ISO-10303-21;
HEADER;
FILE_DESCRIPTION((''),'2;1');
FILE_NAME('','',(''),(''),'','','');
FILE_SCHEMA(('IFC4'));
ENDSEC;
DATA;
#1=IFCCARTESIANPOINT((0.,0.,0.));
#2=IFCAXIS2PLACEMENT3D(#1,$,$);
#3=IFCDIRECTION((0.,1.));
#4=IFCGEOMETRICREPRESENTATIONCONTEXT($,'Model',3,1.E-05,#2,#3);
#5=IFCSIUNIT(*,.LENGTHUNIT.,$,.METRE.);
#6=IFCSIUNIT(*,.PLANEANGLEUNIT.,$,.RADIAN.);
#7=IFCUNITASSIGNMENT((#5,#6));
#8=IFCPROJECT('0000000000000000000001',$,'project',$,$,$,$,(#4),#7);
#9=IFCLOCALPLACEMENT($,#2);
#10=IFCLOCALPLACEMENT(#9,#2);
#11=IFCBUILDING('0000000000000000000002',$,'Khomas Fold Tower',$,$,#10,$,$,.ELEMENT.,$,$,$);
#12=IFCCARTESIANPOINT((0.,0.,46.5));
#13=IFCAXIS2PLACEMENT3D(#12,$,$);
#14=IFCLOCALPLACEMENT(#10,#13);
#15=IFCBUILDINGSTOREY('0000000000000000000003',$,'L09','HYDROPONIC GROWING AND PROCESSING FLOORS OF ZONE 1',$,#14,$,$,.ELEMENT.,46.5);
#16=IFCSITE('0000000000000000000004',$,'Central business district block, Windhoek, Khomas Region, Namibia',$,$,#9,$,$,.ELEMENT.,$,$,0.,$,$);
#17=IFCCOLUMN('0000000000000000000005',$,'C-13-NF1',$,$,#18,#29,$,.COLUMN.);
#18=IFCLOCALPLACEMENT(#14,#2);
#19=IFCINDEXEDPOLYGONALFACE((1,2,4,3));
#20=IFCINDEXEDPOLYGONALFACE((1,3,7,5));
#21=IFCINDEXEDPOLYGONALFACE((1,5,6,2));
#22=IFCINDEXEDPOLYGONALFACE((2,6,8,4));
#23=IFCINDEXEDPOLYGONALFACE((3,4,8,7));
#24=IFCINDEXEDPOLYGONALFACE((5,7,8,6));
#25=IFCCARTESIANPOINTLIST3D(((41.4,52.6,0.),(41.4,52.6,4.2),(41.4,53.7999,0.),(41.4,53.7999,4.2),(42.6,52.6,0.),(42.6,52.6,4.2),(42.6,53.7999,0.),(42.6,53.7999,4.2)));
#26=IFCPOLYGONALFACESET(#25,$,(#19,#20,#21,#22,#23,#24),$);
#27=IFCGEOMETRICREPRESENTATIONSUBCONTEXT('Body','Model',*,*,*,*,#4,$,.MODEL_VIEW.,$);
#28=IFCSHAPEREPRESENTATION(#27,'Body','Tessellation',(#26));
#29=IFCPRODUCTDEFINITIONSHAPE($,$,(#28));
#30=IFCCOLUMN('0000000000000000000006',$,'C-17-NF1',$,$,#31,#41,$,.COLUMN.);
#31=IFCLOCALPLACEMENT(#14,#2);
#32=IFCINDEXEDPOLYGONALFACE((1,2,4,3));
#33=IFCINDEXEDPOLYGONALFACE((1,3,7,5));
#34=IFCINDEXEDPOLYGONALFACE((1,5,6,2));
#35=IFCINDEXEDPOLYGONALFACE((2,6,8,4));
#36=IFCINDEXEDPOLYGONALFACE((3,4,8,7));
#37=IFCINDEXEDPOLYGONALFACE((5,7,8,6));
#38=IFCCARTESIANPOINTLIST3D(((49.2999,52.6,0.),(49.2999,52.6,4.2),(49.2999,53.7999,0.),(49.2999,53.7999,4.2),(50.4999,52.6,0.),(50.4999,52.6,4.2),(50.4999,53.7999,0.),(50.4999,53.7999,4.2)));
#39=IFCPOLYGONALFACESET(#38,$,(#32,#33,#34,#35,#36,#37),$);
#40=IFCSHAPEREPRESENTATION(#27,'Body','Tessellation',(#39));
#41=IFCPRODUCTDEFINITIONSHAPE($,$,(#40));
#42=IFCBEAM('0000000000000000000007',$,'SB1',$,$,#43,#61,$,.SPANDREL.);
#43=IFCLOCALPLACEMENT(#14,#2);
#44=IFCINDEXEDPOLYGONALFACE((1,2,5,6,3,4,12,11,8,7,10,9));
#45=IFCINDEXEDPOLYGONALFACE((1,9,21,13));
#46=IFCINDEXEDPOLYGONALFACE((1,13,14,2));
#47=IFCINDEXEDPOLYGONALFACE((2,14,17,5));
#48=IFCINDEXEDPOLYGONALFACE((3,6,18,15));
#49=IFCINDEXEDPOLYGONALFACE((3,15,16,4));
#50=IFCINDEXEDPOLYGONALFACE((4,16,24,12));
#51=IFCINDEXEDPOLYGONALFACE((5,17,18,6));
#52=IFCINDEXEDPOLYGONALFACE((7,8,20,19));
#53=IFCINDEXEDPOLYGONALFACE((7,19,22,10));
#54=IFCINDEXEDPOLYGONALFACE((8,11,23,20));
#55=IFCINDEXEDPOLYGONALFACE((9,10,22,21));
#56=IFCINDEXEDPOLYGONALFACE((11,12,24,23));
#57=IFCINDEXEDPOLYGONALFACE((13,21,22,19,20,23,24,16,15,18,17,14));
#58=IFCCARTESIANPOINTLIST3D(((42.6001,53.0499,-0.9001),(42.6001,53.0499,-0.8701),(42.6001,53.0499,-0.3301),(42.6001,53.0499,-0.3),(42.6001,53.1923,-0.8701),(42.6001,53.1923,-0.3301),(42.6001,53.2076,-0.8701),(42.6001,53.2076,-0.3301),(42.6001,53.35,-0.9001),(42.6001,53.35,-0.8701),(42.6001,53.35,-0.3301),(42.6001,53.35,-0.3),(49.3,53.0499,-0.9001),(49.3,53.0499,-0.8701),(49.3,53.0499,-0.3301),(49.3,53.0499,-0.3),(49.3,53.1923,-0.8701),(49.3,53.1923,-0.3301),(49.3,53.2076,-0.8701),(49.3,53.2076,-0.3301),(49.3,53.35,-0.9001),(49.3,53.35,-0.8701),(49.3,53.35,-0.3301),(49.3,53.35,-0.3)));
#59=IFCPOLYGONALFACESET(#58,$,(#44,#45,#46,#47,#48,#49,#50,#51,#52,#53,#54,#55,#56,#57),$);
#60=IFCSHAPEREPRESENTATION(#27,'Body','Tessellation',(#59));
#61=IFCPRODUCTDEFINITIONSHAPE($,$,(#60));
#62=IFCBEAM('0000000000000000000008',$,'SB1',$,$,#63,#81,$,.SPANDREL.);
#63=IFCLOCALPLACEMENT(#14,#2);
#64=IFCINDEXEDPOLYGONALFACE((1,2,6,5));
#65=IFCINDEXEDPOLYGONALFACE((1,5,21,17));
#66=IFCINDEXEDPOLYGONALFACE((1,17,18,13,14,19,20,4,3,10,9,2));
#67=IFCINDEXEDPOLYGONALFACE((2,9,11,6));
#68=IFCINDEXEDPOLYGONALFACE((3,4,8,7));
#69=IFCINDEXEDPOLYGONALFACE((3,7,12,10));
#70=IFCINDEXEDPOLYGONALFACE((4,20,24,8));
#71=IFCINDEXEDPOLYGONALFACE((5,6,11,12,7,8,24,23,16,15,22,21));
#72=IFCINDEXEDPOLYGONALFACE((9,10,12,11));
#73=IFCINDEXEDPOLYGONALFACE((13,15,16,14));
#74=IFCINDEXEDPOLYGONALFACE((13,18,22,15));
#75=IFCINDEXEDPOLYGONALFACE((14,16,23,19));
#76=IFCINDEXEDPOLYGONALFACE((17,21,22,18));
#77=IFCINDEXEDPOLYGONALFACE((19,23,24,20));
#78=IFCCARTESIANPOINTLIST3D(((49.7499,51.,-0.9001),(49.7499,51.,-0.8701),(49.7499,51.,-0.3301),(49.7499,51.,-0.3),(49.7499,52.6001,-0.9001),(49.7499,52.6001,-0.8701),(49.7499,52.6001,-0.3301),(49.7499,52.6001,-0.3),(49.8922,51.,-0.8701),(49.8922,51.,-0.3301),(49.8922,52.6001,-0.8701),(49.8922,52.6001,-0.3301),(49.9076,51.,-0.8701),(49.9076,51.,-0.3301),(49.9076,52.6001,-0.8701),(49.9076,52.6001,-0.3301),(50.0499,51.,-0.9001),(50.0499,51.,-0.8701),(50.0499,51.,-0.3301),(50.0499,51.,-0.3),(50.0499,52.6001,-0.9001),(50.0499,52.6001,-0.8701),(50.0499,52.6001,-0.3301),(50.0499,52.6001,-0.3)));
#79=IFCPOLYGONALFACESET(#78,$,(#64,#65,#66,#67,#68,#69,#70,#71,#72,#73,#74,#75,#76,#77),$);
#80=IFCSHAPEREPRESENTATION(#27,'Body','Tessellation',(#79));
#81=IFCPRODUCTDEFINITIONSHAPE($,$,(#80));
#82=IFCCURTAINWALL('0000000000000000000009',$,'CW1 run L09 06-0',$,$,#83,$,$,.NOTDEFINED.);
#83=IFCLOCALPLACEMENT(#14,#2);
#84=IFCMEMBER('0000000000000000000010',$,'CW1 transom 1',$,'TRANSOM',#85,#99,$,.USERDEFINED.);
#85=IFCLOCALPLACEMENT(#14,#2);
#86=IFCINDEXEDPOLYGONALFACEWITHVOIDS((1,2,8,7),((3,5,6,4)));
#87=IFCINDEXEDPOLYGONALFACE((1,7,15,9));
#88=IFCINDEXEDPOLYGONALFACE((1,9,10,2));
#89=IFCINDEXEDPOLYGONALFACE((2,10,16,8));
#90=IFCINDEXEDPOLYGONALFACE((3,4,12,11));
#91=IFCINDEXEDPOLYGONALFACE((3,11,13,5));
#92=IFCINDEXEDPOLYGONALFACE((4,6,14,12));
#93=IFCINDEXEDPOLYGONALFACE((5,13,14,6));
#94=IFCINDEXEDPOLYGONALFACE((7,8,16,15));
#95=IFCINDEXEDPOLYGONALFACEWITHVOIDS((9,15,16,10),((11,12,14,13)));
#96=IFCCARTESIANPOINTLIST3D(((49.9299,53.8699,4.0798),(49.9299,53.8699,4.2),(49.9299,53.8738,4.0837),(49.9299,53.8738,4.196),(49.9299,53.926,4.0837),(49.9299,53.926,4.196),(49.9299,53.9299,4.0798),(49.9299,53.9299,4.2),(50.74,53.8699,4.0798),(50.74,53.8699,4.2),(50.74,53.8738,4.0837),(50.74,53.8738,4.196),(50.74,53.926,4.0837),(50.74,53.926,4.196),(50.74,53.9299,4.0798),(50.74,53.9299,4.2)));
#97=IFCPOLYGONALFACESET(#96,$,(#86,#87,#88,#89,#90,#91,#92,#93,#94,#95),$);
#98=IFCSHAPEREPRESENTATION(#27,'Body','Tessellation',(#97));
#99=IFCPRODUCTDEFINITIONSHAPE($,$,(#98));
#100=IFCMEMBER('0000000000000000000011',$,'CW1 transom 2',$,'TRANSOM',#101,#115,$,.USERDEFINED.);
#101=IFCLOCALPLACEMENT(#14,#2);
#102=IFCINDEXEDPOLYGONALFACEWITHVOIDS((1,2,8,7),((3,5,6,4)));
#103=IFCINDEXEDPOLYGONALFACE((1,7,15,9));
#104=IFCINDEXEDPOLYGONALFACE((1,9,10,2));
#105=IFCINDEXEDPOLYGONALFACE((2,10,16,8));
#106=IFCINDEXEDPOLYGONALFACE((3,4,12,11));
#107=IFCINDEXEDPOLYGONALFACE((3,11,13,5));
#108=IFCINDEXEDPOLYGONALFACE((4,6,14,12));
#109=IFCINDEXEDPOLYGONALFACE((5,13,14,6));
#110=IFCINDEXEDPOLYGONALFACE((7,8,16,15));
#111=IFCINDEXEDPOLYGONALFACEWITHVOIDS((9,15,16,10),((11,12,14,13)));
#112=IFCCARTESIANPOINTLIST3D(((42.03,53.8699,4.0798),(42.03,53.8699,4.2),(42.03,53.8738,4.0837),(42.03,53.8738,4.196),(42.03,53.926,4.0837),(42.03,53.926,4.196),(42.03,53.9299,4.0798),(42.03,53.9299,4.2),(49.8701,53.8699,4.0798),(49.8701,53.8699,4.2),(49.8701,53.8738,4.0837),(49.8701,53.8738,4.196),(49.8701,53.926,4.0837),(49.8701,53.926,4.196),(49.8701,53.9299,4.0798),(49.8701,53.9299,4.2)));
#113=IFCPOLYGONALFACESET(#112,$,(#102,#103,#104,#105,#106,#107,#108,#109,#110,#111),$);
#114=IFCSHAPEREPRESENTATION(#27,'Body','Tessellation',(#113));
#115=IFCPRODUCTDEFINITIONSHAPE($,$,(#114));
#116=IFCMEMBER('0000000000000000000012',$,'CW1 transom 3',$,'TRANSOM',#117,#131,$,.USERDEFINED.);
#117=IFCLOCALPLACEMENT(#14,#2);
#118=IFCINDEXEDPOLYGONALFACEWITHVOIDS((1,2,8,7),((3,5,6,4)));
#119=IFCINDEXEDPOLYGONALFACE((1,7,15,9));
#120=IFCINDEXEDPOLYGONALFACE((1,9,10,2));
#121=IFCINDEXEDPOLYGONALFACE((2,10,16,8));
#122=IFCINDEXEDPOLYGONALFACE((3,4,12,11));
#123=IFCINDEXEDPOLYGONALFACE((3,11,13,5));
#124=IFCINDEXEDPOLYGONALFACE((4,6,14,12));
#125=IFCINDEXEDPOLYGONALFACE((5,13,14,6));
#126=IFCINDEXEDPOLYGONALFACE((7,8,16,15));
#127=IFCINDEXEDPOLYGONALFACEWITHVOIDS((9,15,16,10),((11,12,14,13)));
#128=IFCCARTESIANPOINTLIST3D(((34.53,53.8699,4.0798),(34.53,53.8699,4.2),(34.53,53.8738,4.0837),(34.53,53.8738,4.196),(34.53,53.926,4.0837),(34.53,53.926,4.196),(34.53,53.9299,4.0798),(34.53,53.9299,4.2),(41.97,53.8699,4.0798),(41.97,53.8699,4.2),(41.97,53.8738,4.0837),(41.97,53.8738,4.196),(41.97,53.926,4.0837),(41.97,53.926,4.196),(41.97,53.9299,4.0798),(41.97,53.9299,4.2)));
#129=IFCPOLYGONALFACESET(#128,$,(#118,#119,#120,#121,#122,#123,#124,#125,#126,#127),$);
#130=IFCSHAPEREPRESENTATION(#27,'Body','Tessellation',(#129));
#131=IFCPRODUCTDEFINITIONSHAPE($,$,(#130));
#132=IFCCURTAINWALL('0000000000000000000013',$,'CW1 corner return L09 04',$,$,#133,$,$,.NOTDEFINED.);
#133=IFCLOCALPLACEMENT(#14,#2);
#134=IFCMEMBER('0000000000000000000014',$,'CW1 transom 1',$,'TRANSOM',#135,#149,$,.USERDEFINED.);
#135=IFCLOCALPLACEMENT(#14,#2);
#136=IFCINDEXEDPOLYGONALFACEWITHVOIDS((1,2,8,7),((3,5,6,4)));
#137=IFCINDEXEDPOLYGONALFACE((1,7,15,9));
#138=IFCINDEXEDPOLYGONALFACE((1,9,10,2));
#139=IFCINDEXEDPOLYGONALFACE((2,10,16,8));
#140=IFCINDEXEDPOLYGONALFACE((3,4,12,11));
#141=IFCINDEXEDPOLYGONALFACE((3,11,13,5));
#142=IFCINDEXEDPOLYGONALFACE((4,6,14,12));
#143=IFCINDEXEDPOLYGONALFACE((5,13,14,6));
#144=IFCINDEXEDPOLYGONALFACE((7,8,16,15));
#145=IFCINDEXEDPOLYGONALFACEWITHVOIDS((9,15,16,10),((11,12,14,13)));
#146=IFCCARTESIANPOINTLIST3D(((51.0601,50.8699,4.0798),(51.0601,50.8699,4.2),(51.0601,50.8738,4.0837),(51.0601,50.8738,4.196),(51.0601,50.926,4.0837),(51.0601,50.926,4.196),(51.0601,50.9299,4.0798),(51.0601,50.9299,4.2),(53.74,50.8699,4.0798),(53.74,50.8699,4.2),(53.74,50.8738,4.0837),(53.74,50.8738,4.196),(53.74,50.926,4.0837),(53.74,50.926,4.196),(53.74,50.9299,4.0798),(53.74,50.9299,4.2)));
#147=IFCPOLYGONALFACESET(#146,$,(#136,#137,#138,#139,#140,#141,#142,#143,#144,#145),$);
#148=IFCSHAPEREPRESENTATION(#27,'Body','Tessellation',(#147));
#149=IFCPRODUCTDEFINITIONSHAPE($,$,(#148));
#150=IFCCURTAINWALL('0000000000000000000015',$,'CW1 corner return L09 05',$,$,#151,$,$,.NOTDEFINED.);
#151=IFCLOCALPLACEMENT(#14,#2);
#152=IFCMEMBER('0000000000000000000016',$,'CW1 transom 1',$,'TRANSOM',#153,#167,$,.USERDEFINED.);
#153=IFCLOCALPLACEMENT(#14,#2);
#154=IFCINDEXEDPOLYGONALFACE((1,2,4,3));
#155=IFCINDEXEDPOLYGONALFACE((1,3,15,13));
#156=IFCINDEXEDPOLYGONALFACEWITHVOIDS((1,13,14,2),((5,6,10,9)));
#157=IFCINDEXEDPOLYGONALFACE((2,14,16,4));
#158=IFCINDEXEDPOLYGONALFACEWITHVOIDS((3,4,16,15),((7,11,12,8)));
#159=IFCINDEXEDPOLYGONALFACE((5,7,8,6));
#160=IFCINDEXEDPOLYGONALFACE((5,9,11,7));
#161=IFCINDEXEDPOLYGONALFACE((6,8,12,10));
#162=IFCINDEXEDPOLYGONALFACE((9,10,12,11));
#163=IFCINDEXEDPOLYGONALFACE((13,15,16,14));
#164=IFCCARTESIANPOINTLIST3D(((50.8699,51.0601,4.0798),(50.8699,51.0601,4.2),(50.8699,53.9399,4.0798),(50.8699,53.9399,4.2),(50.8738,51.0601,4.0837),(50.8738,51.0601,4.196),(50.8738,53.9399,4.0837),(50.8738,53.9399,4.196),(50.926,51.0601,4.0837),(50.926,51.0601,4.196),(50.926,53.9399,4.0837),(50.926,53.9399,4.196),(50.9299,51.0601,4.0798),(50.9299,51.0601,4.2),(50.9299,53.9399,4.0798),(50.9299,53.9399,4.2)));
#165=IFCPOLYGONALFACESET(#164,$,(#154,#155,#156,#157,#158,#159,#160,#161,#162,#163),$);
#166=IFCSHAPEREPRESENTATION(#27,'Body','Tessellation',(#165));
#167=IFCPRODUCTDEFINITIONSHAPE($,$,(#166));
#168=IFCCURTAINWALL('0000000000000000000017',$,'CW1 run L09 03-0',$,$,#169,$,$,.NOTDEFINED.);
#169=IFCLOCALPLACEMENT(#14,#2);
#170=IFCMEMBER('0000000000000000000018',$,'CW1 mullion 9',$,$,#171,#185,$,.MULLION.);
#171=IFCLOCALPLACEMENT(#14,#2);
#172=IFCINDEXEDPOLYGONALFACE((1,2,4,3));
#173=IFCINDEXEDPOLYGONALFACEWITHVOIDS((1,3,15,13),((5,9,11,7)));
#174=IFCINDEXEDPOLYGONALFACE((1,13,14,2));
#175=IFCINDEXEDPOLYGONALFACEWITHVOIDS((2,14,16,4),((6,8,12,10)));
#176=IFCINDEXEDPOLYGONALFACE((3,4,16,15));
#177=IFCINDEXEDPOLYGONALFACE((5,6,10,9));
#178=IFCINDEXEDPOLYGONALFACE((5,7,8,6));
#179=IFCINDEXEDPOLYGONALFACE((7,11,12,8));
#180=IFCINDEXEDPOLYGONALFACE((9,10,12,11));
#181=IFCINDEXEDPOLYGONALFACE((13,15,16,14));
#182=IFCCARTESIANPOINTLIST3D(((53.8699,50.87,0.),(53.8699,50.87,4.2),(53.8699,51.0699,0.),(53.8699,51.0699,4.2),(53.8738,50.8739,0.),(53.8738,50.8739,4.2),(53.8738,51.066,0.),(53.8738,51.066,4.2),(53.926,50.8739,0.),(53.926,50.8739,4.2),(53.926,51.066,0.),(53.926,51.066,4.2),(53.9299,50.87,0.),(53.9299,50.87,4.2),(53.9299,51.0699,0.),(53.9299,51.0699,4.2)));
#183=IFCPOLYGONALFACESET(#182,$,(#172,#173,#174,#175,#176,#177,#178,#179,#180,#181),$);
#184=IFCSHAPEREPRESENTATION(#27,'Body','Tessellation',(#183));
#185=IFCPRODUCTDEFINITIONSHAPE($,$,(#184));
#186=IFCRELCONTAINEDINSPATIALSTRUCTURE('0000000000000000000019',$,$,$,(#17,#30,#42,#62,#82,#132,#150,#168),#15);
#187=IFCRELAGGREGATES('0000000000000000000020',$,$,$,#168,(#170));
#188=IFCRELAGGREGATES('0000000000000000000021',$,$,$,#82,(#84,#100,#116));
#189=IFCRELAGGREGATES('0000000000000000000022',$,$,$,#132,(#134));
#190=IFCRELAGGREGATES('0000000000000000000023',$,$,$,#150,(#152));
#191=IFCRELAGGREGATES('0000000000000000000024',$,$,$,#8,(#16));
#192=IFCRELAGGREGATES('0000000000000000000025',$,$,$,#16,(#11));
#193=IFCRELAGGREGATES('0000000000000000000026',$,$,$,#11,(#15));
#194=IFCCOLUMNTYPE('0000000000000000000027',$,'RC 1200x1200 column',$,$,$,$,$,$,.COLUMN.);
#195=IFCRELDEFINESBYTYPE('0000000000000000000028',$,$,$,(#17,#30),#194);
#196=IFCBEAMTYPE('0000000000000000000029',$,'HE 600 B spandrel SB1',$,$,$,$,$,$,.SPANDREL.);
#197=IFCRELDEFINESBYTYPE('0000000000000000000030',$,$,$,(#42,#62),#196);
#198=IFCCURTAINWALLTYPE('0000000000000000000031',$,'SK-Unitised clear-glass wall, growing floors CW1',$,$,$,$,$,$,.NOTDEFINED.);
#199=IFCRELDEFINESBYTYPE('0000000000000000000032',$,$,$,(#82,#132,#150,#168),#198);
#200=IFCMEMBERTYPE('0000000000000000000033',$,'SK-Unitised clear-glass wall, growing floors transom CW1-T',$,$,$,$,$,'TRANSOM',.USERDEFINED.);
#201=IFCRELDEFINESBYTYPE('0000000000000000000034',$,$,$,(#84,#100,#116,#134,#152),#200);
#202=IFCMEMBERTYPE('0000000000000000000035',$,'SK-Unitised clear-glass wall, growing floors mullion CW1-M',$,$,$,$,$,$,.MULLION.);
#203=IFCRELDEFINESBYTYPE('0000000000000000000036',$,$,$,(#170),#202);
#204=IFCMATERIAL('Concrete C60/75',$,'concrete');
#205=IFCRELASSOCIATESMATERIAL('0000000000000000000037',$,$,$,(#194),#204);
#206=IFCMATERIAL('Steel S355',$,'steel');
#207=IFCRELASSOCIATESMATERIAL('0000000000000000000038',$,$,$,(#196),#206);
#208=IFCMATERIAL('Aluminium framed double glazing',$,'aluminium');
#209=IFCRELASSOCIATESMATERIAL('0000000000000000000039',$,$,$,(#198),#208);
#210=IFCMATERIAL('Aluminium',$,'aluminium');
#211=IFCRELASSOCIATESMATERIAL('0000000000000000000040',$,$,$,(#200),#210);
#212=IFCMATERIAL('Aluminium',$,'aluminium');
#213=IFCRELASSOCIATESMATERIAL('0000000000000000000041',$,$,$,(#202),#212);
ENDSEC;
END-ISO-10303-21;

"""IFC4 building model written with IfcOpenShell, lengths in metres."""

from ifc_helpers import new_model, si_unit, direction, frame, origin, origin_2d, place, context, subcontext, project, spatial, rectangle, hollow_rectangle, i_section, extrude, source, transform, mapped, material, material_profile, profile_set, type_object, element, aggregate, save


model = new_model("IFC4")

# Units and contexts
model_context = context("Model", 3, precision=1e-05, world=origin(), true_north=direction((0.0, 1.0)))
body_context = subcontext(model_context, "Body", "Model", "MODEL_VIEW")
ifc_project = project(units=[si_unit("LENGTHUNIT", "METRE"), si_unit("PLANEANGLEUNIT", "RADIAN")], contexts=[model_context])

# Site, building, storey
site_placement = place(None, origin())
site = spatial("IfcSite", under=ifc_project, at=site_placement, Name="Central business district block, Windhoek, Khomas Region, Namibia", CompositionType="ELEMENT", RefElevation=0.0)
building_placement = place(site_placement, origin())
building = spatial("IfcBuilding", under=site, at=building_placement, Name="Khomas Fold Tower", CompositionType="ELEMENT")
storey_placement = place(building_placement, frame((0.0, 0.0, 46.5)))
storey = spatial("IfcBuildingStorey", under=building, at=storey_placement, Name="L09", Description="HYDROPONIC GROWING AND PROCESSING FLOORS OF ZONE 1", CompositionType="ELEMENT", Elevation=46.5)

# Columns
ifc_material_1 = material(Name="Concrete C60/75", Category="concrete")
ifc_material_profile_1 = material_profile(ifc_material_1, rectangle(XDim=1.2, YDim=1.2, at=origin_2d()), Name="RC 1200x1200")
ifc_profile_set_1 = profile_set([ifc_material_profile_1], Name="Concrete C60/75")
column_type = type_object("IfcColumnType", Name="RC 1200x1200 column", PredefinedType="COLUMN", material=ifc_profile_set_1)
shared_shape_1 = source(origin(), body_context, "Body", "SweptSolid", [
    extrude(rectangle(XDim=1.2, YDim=1.2, at=origin_2d()), origin(), (0.0, 0.0, 1.0), 4.2),
])
for number, where, z_axis, x_axis, name in (
    (1, (42.0, 53.2, 0.0), (0.0, 0.0, 1.0), (1.0, 0.0, 0.0), "C-13-NF1"),
    (2, (49.8999, 53.2, 0.0), (0.0, 0.0, 1.0), (1.0, 0.0, 0.0), "C-17-NF1"),
):
    element("IfcColumn", number, at=place(storey_placement, frame(where, z_axis=z_axis, x_axis=x_axis)), inside=storey, type_object=column_type, Name=name, PredefinedType="COLUMN", context=body_context, shape_type="MappedRepresentation", body=[
        mapped(shared_shape_1, transform((0.0, 0.0, 0.0))),
    ])

# Beams
ifc_material_2 = material(Name="Steel S355", Category="steel")
ifc_material_profile_2 = material_profile(ifc_material_2, i_section(OverallWidth=0.3, OverallDepth=0.6001, WebThickness=0.0154, FlangeThickness=0.03, at=origin_2d()), Name="HE 600 B")
ifc_profile_set_2 = profile_set([ifc_material_profile_2], Name="Steel S355")
beam_type = type_object("IfcBeamType", Name="HE 600 B spandrel SB1", PredefinedType="SPANDREL", material=ifc_profile_set_2)
shared_shape_2 = source(origin(), body_context, "Body", "SweptSolid", [
    extrude(i_section(OverallWidth=0.3, OverallDepth=0.6001, WebThickness=0.0154, FlangeThickness=0.03, at=origin_2d()), origin(), (0.0, 0.0, 1.0), 6.7),
])
beam_1_placement = place(storey_placement, frame((42.6001, 53.2, -0.6001), z_axis=(1.0, 0.0, 0.0), x_axis=(0.0, 1.0, 0.0)))
element("IfcBeam", 3, at=beam_1_placement, inside=storey, type_object=beam_type, Name="SB1", PredefinedType="SPANDREL", context=body_context, shape_type="MappedRepresentation", body=[
    mapped(shared_shape_2, transform((0.0, 0.0, 0.0))),
])
shared_shape_3 = source(origin(), body_context, "Body", "SweptSolid", [
    extrude(i_section(OverallWidth=0.3, OverallDepth=0.6001, WebThickness=0.0154, FlangeThickness=0.03, at=origin_2d()), origin(), (0.0, 0.0, 1.0), 1.6001),
])
beam_2_placement = place(storey_placement, frame((49.8999, 51.0, -0.6001), z_axis=(0.0, 1.0, 0.0), x_axis=(-1.0, 0.0, 0.0)))
element("IfcBeam", 4, at=beam_2_placement, inside=storey, type_object=beam_type, Name="SB1", PredefinedType="SPANDREL", context=body_context, shape_type="MappedRepresentation", body=[
    mapped(shared_shape_3, transform((0.0, 0.0, 0.0))),
])

# Curtain wall, members
ifc_material_3 = material(Name="Aluminium framed double glazing", Category="aluminium")
curtain_wall_type = type_object("IfcCurtainWallType", Name="SK-Unitised clear-glass wall, growing floors CW1", PredefinedType="NOTDEFINED", material=ifc_material_3)
curtain_wall_1_placement = place(storey_placement, origin())
curtain_wall_1 = element("IfcCurtainWall", 5, at=curtain_wall_1_placement, inside=storey, type_object=curtain_wall_type, Name="CW1 run L09 06-0", PredefinedType="NOTDEFINED")
ifc_material_4 = material(Name="Aluminium", Category="aluminium")
ifc_material_profile_3 = material_profile(ifc_material_4, hollow_rectangle(XDim=0.0601, YDim=0.1201, WallThickness=0.0039, at=origin_2d()), Name="SK-Unitised clear-glass wall, growing floors transom CW1-T")
ifc_profile_set_3 = profile_set([ifc_material_profile_3], Name="Aluminium")
member_type_1 = type_object("IfcMemberType", Name="SK-Unitised clear-glass wall, growing floors transom CW1-T", ElementType="TRANSOM", PredefinedType="USERDEFINED", material=ifc_profile_set_3)
shared_shape_4 = source(origin(), body_context, "Body", "SweptSolid", [
    extrude(hollow_rectangle(XDim=0.0601, YDim=0.1201, WallThickness=0.0039, at=origin_2d()), origin(), (0.0, 0.0, 1.0), 0.8101),
])
member_1_placement = place(storey_placement, frame((50.74, 53.8999, 4.1399), z_axis=(-1.0, 0.0, 0.0), x_axis=(0.0, -1.0, 0.0)))
member_1 = element("IfcMember", 6, at=member_1_placement, type_object=member_type_1, Name="CW1 transom 1", ObjectType="TRANSOM", PredefinedType="USERDEFINED", context=body_context, shape_type="MappedRepresentation", body=[
    mapped(shared_shape_4, transform((0.0, 0.0, 0.0))),
])
shared_shape_5 = source(origin(), body_context, "Body", "SweptSolid", [
    extrude(hollow_rectangle(XDim=0.0601, YDim=0.1201, WallThickness=0.0039, at=origin_2d()), origin(), (0.0, 0.0, 1.0), 7.8401),
])
member_2_placement = place(storey_placement, frame((49.8701, 53.8999, 4.1399), z_axis=(-1.0, 0.0, 0.0), x_axis=(0.0, -1.0, 0.0)))
member_2 = element("IfcMember", 7, at=member_2_placement, type_object=member_type_1, Name="CW1 transom 2", ObjectType="TRANSOM", PredefinedType="USERDEFINED", context=body_context, shape_type="MappedRepresentation", body=[
    mapped(shared_shape_5, transform((0.0, 0.0, 0.0))),
])
shared_shape_6 = source(origin(), body_context, "Body", "SweptSolid", [
    extrude(hollow_rectangle(XDim=0.0601, YDim=0.1201, WallThickness=0.0039, at=origin_2d()), origin(), (0.0, 0.0, 1.0), 7.4399),
])
member_3_placement = place(storey_placement, frame((41.97, 53.8999, 4.1399), z_axis=(-1.0, 0.0, 0.0), x_axis=(0.0, -1.0, 0.0)))
member_3 = element("IfcMember", 8, at=member_3_placement, type_object=member_type_1, Name="CW1 transom 3", ObjectType="TRANSOM", PredefinedType="USERDEFINED", context=body_context, shape_type="MappedRepresentation", body=[
    mapped(shared_shape_6, transform((0.0, 0.0, 0.0))),
])

# Curtain walls, members
curtain_wall_2_placement = place(storey_placement, origin())
curtain_wall_2 = element("IfcCurtainWall", 9, at=curtain_wall_2_placement, inside=storey, type_object=curtain_wall_type, Name="CW1 corner return L09 04", PredefinedType="NOTDEFINED")
shared_shape_7 = source(origin(), body_context, "Body", "SweptSolid", [
    extrude(hollow_rectangle(XDim=0.0601, YDim=0.1201, WallThickness=0.0039, at=origin_2d()), origin(), (0.0, 0.0, 1.0), 2.6799),
])
member_4_placement = place(storey_placement, frame((53.74, 50.8999, 4.1399), z_axis=(-1.0, 0.0, 0.0), x_axis=(0.0, -1.0, 0.0)))
member_4 = element("IfcMember", 10, at=member_4_placement, type_object=member_type_1, Name="CW1 transom 1", ObjectType="TRANSOM", PredefinedType="USERDEFINED", context=body_context, shape_type="MappedRepresentation", body=[
    mapped(shared_shape_7, transform((0.0, 0.0, 0.0))),
])
curtain_wall_3_placement = place(storey_placement, origin())
curtain_wall_3 = element("IfcCurtainWall", 11, at=curtain_wall_3_placement, inside=storey, type_object=curtain_wall_type, Name="CW1 corner return L09 05", PredefinedType="NOTDEFINED")
shared_shape_8 = source(origin(), body_context, "Body", "SweptSolid", [
    extrude(hollow_rectangle(XDim=0.0601, YDim=0.1201, WallThickness=0.0039, at=origin_2d()), origin(), (0.0, 0.0, 1.0), 2.8799),
])
member_5_placement = place(storey_placement, frame((50.8999, 51.0601, 4.1399), z_axis=(0.0, 1.0, 0.0), x_axis=(-1.0, 0.0, 0.0)))
member_5 = element("IfcMember", 12, at=member_5_placement, type_object=member_type_1, Name="CW1 transom 1", ObjectType="TRANSOM", PredefinedType="USERDEFINED", context=body_context, shape_type="MappedRepresentation", body=[
    mapped(shared_shape_8, transform((0.0, 0.0, 0.0))),
])
curtain_wall_4_placement = place(storey_placement, origin())
curtain_wall_4 = element("IfcCurtainWall", 13, at=curtain_wall_4_placement, inside=storey, type_object=curtain_wall_type, Name="CW1 run L09 03-0", PredefinedType="NOTDEFINED")
ifc_material_5 = material(Name="Aluminium", Category="aluminium")
ifc_material_profile_4 = material_profile(ifc_material_5, hollow_rectangle(XDim=0.0601, YDim=0.2, WallThickness=0.0039, at=origin_2d()), Name="SK-Unitised clear-glass wall, growing floors mullion CW1-M")
ifc_profile_set_4 = profile_set([ifc_material_profile_4], Name="Aluminium")
member_type_2 = type_object("IfcMemberType", Name="SK-Unitised clear-glass wall, growing floors mullion CW1-M", PredefinedType="MULLION", material=ifc_profile_set_4)
shared_shape_9 = source(origin(), body_context, "Body", "SweptSolid", [
    extrude(hollow_rectangle(XDim=0.0601, YDim=0.2, WallThickness=0.0039, at=origin_2d()), origin(), (0.0, 0.0, 1.0), 4.2),
])
member_6_placement = place(storey_placement, frame((53.8999, 50.97, 0.0), z_axis=(0.0, 0.0, 1.0), x_axis=(-1.0, 0.0, 0.0)))
member_6 = element("IfcMember", 14, at=member_6_placement, type_object=member_type_2, Name="CW1 mullion 9", PredefinedType="MULLION", context=body_context, shape_type="MappedRepresentation", body=[
    mapped(shared_shape_9, transform((0.0, 0.0, 0.0))),
])
aggregate(curtain_wall_4, [member_6])

aggregate(curtain_wall_1, [member_1, member_2, member_3])
aggregate(curtain_wall_2, [member_4])
aggregate(curtain_wall_3, [member_5])

save(model, "model.ifc")
